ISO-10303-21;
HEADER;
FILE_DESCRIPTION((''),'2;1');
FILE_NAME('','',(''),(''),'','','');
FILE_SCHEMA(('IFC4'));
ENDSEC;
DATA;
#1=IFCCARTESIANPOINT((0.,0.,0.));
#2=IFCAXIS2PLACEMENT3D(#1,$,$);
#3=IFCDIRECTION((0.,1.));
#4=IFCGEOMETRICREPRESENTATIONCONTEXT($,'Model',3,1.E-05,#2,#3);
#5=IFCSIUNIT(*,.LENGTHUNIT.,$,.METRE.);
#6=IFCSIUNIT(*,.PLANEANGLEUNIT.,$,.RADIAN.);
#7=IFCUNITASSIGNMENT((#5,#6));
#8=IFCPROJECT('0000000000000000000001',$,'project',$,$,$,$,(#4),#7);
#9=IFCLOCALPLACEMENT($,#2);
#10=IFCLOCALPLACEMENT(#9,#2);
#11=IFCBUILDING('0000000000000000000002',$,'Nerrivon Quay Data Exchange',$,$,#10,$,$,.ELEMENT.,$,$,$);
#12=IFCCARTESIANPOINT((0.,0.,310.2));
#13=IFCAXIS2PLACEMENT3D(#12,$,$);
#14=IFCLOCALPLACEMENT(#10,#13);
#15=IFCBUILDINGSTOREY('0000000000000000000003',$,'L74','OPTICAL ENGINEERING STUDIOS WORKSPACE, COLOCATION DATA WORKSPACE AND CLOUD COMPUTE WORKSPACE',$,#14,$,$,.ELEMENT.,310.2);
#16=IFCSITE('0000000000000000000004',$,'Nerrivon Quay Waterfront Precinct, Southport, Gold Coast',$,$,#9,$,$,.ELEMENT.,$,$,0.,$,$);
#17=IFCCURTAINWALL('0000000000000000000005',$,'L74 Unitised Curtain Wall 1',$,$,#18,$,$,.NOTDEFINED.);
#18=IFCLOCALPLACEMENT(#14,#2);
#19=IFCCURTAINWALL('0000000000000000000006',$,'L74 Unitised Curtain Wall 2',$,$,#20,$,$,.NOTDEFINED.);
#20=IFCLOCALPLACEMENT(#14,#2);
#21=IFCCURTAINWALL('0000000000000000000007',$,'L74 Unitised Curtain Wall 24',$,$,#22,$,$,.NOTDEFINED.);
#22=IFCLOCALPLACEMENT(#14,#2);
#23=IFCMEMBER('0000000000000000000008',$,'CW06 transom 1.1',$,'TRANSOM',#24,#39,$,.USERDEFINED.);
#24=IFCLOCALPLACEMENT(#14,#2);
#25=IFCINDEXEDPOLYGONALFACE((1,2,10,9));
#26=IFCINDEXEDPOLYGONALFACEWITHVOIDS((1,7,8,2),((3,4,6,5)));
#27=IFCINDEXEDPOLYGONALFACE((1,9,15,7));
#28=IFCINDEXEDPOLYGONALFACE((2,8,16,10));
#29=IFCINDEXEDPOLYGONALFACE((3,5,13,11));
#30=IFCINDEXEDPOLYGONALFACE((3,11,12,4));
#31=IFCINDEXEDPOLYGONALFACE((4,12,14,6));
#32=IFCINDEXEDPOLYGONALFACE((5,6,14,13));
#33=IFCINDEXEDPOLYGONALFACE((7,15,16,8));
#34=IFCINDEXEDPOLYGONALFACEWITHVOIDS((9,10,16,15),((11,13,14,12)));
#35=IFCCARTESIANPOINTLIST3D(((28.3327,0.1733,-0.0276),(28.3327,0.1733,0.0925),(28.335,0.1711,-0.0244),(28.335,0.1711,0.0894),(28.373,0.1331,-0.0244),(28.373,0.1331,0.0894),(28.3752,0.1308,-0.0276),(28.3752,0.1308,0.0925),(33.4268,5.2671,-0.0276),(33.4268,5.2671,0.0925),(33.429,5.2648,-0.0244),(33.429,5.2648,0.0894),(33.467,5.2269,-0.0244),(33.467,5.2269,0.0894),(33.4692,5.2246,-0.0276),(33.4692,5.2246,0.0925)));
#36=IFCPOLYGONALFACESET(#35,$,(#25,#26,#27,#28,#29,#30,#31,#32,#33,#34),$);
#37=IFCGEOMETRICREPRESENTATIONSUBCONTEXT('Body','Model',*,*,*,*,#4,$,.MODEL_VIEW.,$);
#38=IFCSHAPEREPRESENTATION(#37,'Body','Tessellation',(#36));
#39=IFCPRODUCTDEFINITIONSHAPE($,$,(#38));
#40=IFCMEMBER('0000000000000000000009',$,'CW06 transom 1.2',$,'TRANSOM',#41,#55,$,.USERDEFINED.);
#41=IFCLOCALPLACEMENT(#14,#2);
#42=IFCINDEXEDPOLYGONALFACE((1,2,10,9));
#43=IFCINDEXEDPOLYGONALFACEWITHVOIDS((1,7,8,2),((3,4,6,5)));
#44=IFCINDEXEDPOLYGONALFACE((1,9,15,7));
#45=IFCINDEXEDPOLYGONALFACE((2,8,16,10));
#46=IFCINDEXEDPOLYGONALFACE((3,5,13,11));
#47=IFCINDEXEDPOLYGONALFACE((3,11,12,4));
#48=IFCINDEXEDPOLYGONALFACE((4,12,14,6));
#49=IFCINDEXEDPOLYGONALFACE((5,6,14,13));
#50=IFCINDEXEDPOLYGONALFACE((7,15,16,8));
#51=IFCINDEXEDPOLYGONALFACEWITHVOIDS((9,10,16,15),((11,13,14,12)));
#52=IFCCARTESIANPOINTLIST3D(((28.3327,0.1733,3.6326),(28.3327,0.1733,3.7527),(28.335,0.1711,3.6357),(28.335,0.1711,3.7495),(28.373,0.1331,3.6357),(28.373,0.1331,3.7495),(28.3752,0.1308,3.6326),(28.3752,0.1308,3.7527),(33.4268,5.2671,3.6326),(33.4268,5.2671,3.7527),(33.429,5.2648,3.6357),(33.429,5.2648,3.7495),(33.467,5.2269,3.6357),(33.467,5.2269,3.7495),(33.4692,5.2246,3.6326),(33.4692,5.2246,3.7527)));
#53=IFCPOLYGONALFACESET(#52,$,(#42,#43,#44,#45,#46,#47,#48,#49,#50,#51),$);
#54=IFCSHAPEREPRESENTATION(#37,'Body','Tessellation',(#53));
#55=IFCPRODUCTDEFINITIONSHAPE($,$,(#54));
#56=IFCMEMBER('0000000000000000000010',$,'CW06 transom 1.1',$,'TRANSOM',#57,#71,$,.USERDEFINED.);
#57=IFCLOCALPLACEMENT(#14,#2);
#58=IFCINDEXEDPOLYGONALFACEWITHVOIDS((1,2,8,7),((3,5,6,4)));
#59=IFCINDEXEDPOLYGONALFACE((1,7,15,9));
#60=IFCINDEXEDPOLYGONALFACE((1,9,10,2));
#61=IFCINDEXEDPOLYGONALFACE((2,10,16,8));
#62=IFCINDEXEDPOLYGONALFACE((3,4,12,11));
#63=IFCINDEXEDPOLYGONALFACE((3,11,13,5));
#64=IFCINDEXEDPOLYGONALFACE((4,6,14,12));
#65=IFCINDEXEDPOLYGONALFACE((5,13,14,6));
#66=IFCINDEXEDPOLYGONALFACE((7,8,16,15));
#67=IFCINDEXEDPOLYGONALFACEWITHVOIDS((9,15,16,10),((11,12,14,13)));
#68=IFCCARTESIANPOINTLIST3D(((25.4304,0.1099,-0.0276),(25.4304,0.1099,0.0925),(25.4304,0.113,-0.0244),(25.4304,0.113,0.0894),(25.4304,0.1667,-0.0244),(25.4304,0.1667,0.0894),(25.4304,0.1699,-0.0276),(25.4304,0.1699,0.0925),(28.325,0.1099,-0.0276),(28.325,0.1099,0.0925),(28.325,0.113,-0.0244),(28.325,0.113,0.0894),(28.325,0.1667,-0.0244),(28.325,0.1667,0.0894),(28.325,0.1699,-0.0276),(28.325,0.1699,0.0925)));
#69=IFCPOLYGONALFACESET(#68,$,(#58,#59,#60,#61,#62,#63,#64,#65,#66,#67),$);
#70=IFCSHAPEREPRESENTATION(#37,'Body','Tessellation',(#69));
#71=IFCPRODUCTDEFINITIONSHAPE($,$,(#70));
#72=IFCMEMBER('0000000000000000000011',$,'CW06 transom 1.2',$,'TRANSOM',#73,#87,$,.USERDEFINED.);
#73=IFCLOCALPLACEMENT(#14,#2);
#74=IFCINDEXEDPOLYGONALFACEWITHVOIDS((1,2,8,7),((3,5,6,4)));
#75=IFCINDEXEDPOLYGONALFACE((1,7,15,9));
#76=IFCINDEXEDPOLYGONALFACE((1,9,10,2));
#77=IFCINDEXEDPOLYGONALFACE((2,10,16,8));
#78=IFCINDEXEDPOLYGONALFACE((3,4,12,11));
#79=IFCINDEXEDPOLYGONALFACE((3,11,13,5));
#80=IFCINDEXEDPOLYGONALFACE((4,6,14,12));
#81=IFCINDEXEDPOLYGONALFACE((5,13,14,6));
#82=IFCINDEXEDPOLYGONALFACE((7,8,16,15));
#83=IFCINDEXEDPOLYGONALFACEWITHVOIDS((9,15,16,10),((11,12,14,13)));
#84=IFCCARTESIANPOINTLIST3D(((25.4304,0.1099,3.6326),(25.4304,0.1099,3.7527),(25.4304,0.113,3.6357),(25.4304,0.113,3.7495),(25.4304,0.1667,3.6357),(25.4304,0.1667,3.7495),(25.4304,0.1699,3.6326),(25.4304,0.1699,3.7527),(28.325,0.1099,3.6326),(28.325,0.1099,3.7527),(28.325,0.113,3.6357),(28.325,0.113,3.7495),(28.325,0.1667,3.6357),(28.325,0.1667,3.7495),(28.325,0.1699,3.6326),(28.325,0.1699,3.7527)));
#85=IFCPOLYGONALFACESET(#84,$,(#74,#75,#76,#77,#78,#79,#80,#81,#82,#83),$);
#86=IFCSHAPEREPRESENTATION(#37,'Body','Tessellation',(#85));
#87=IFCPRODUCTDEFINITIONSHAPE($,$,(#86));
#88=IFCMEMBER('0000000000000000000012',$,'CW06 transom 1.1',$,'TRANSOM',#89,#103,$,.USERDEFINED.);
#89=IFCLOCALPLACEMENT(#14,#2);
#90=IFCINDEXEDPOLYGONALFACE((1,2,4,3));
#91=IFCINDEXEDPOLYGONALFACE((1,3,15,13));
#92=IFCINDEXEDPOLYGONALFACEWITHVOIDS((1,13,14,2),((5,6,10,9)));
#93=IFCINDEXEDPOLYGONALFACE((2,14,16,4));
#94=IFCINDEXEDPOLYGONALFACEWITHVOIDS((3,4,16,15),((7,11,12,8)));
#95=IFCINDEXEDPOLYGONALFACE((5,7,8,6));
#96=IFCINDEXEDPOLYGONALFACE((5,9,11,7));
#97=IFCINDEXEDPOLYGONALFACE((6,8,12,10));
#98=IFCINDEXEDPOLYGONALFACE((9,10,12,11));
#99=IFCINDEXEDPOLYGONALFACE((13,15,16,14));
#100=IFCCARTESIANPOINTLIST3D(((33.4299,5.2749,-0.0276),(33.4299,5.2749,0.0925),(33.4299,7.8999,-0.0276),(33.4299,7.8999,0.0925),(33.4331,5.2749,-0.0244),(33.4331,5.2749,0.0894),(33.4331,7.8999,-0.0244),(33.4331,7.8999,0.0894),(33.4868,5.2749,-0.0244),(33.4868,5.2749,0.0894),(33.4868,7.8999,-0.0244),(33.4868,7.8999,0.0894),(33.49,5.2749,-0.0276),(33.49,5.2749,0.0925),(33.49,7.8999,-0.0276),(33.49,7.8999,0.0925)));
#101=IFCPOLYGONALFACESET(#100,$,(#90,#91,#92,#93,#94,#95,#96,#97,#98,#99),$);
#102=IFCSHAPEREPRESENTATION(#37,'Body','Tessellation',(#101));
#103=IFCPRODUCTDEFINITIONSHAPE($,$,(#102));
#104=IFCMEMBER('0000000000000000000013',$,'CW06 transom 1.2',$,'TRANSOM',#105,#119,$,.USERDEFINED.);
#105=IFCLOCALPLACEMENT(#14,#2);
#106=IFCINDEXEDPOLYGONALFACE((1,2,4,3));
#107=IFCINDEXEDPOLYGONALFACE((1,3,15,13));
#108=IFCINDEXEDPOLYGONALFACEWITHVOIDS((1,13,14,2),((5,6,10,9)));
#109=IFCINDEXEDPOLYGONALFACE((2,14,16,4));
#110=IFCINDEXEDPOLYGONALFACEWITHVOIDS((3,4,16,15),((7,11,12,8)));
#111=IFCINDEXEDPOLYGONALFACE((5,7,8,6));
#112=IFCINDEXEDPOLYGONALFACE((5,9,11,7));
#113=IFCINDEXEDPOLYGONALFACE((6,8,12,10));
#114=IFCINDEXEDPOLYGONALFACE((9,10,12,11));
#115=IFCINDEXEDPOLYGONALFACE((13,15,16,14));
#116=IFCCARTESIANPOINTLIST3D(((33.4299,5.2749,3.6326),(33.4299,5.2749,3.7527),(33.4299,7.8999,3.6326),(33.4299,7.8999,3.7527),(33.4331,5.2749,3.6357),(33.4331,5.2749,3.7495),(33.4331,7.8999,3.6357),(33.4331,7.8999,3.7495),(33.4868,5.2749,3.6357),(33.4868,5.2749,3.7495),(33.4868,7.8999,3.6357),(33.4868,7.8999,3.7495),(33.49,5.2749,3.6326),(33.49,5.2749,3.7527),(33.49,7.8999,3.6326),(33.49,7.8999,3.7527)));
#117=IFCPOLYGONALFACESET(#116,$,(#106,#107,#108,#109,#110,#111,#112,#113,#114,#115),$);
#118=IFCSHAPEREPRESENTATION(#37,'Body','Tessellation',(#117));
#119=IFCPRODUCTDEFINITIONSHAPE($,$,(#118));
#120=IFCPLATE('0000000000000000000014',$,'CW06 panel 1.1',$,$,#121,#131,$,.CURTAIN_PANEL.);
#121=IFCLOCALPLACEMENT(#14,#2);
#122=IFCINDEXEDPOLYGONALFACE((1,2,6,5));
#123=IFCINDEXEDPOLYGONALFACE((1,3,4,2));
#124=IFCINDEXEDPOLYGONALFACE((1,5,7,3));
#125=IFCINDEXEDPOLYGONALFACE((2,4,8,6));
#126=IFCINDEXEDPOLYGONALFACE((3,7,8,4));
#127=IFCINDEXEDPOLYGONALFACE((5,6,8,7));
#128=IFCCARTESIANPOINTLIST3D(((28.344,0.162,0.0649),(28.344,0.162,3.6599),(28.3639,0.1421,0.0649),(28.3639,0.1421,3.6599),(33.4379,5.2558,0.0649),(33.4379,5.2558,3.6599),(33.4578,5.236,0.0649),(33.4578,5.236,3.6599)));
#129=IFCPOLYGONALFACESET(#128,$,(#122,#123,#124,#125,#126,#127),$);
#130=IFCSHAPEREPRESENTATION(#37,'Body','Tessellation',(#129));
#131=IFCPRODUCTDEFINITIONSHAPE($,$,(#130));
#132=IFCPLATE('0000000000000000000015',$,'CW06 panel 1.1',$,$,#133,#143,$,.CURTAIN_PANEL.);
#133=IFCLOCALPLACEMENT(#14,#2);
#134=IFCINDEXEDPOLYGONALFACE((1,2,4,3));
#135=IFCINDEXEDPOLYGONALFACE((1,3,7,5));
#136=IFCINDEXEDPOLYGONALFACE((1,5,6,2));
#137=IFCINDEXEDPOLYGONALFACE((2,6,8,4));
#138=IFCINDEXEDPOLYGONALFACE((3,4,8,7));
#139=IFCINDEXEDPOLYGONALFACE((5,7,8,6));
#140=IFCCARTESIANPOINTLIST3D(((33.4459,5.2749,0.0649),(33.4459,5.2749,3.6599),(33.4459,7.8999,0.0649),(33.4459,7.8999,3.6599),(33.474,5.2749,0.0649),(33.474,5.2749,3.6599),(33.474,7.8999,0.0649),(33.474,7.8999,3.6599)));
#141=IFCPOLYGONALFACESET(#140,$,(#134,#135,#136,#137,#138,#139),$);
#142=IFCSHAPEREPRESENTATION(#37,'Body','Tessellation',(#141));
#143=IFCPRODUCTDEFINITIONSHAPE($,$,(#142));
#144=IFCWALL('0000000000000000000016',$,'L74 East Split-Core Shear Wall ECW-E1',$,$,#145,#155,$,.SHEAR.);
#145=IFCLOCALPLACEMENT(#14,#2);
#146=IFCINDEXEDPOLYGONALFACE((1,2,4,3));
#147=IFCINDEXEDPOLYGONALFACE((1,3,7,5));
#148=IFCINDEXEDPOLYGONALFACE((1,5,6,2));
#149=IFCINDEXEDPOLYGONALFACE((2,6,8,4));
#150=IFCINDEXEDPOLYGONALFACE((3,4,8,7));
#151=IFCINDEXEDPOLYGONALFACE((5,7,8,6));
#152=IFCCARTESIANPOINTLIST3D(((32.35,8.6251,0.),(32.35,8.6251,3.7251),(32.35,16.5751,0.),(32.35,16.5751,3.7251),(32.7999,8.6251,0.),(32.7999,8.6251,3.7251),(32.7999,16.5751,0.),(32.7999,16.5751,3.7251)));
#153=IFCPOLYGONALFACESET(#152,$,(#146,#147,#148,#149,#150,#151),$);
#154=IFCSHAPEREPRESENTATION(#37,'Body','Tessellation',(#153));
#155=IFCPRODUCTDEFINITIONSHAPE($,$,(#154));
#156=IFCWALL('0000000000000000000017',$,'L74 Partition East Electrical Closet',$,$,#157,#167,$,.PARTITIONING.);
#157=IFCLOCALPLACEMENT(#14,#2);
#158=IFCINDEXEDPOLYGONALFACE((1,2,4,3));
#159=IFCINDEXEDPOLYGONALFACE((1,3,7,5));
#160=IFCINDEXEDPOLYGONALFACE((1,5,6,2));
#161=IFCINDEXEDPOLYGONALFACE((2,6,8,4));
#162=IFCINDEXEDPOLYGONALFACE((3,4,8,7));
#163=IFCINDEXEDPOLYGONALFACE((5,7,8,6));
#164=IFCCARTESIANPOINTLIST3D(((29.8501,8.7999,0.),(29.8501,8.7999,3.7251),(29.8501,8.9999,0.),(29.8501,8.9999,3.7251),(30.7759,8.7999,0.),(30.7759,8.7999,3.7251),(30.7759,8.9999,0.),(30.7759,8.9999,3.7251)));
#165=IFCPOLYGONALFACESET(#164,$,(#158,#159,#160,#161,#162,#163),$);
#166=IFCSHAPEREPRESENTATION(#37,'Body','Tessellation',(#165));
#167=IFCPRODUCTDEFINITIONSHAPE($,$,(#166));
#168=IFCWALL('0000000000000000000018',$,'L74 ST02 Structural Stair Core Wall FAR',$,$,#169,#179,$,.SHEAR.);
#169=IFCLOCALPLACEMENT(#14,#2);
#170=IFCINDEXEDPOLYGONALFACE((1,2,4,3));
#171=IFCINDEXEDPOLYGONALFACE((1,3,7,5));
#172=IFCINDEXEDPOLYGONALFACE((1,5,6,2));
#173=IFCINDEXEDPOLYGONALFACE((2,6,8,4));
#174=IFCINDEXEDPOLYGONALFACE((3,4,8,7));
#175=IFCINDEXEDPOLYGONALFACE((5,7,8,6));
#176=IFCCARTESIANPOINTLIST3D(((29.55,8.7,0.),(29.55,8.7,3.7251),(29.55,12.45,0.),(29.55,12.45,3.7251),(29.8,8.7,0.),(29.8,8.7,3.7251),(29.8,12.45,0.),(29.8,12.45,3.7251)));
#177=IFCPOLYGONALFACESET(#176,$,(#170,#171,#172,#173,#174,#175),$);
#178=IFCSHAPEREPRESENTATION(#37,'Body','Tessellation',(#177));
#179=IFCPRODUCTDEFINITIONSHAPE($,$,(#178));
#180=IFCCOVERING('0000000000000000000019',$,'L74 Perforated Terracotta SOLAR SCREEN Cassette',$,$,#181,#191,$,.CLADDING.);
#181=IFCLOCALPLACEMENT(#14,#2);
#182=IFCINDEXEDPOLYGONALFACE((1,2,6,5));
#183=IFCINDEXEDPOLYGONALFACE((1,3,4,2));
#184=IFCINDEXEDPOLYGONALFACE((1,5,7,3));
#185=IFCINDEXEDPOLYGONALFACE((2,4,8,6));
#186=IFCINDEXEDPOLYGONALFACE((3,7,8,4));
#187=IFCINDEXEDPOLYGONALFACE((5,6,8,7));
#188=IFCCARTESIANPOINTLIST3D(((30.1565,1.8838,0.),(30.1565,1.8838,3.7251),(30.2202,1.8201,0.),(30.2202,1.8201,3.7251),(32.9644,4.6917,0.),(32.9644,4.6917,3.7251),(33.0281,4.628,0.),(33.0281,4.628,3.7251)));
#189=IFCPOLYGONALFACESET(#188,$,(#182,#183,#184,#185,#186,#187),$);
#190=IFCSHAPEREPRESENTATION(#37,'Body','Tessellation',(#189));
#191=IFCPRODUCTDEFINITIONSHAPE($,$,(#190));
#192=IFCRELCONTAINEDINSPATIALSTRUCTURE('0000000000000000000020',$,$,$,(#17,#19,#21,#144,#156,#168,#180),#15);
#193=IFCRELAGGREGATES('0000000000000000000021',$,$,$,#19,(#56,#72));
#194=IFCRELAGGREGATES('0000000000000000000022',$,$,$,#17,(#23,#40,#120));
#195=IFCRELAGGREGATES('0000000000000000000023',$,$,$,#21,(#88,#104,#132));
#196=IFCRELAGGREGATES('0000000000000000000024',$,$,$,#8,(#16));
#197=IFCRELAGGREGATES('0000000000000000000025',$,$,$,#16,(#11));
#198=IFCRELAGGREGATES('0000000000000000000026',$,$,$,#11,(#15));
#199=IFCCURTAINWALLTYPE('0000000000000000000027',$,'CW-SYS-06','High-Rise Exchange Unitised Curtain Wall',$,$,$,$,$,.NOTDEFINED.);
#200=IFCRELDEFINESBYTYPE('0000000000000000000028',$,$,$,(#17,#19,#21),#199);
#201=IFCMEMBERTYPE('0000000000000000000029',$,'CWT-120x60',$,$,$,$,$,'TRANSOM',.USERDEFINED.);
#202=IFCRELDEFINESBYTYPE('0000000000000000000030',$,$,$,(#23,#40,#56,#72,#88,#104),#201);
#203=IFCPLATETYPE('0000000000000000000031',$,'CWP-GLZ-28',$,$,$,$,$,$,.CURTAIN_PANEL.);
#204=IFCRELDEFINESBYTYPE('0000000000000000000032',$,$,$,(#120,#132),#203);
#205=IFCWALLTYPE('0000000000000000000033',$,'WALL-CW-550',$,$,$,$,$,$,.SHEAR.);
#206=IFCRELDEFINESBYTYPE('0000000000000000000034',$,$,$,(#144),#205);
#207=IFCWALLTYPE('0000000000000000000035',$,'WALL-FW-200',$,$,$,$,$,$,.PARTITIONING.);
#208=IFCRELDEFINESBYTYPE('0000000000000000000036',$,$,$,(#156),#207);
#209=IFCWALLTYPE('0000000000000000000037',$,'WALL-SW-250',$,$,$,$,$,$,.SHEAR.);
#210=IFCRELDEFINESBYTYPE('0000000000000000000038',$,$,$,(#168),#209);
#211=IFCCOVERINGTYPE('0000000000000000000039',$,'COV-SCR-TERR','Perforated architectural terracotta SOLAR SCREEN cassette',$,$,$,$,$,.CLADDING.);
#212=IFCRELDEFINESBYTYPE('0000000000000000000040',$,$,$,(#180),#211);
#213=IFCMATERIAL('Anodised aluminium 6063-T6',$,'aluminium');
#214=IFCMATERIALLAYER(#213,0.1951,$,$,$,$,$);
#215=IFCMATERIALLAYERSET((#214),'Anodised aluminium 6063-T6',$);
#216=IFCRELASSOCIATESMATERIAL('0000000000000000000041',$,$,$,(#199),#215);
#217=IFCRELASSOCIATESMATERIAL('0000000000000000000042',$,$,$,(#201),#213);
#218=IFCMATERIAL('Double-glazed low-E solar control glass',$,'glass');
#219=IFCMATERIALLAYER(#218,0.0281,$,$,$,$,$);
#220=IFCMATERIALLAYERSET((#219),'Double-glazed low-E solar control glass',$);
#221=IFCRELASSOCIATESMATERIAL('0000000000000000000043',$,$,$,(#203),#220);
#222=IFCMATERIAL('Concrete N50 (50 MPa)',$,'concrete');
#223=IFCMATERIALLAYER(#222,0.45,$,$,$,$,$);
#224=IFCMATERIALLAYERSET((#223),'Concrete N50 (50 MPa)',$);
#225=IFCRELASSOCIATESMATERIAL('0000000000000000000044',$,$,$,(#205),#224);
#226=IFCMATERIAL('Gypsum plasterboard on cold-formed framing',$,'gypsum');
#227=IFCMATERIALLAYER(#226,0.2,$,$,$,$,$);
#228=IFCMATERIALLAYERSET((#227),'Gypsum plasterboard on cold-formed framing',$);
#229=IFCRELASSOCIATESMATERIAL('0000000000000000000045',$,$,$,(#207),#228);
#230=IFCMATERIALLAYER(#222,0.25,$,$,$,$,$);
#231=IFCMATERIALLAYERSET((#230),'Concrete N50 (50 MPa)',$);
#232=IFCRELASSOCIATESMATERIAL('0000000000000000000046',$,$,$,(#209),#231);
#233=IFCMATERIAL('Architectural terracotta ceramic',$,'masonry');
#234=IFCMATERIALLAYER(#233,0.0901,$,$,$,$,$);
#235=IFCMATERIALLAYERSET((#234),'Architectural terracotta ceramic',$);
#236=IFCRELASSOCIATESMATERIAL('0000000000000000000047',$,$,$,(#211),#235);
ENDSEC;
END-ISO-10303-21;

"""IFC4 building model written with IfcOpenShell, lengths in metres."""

from ifc_helpers import new_model, si_unit, direction, frame, frame_2d, origin, origin_2d, place, context, subcontext, project, spatial, rectangle, hollow_rectangle, extrude, material, layer, layer_set, material_profile, profile_set, type_object, element, aggregate, save


model = new_model("IFC4")

# Units and contexts
model_context = context("Model", 3, precision=1e-05, world=origin(), true_north=direction((0.0, 1.0)))
body_context = subcontext(model_context, "Body", "Model", "MODEL_VIEW")
ifc_project = project(units=[si_unit("LENGTHUNIT", "METRE"), si_unit("PLANEANGLEUNIT", "RADIAN")], contexts=[model_context])

# Site, building, storey
site_placement = place(None, origin())
site = spatial("IfcSite", under=ifc_project, at=site_placement, Name="Nerrivon Quay Waterfront Precinct, Southport, Gold Coast", CompositionType="ELEMENT", RefElevation=0.0)
building_placement = place(site_placement, origin())
building = spatial("IfcBuilding", under=site, at=building_placement, Name="Nerrivon Quay Data Exchange", CompositionType="ELEMENT")
storey_placement = place(building_placement, frame((0.0, 0.0, 310.2)))
storey = spatial("IfcBuildingStorey", under=building, at=storey_placement, Name="L74", Description="OPTICAL ENGINEERING STUDIOS WORKSPACE, COLOCATION DATA WORKSPACE AND CLOUD COMPUTE WORKSPACE", CompositionType="ELEMENT", Elevation=310.2)

# Shared definitions
ifc_material_1 = material(Name="Concrete N50 (50 MPa)", Category="concrete")

# Curtain wall
ifc_material_2 = material(Name="Anodised aluminium 6063-T6", Category="aluminium")
ifc_layer_1 = layer(ifc_material_2, 0.1951)
ifc_layer_set_1 = layer_set([ifc_layer_1], Name="Anodised aluminium 6063-T6")
curtain_wall_type = type_object("IfcCurtainWallType", Name="CW-SYS-06", Description="High-Rise Exchange Unitised Curtain Wall", PredefinedType="NOTDEFINED", material=ifc_layer_set_1)
curtain_wall_1_placement = place(storey_placement, origin())
curtain_wall_1 = element("IfcCurtainWall", 1, at=curtain_wall_1_placement, inside=storey, type_object=curtain_wall_type, Name="L74 Unitised Curtain Wall 1", PredefinedType="NOTDEFINED")

# Curtain wall
curtain_wall_2_placement = place(storey_placement, origin())
curtain_wall_2 = element("IfcCurtainWall", 2, at=curtain_wall_2_placement, inside=storey, type_object=curtain_wall_type, Name="L74 Unitised Curtain Wall 2", PredefinedType="NOTDEFINED")

# Curtain wall
curtain_wall_3_placement = place(storey_placement, origin())
curtain_wall_3 = element("IfcCurtainWall", 3, at=curtain_wall_3_placement, inside=storey, type_object=curtain_wall_type, Name="L74 Unitised Curtain Wall 24", PredefinedType="NOTDEFINED")

# Members
ifc_material_profile_1 = material_profile(ifc_material_2, hollow_rectangle(XDim=0.0601, YDim=0.1201, WallThickness=0.0032, at=origin_2d()), Name="ALU-TRAN-120x60")
ifc_profile_set_1 = profile_set([ifc_material_profile_1], Name="Anodised aluminium 6063-T6")
member_type_1 = type_object("IfcMemberType", Name="CWT-120x60", ElementType="TRANSOM", PredefinedType="USERDEFINED", material=ifc_profile_set_1)
member_1_placement = place(storey_placement, frame((33.448, 5.2458, 0.0325), z_axis=(-0.707124, -0.70709, 0.0), x_axis=(0.70709, -0.707124, 0.0)))
member_1 = element("IfcMember", 4, at=member_1_placement, type_object=member_type_1, Name="CW06 transom 1.1", ObjectType="TRANSOM", PredefinedType="USERDEFINED", context=body_context, shape_type="SweptSolid", body=[
    extrude(hollow_rectangle(XDim=0.0601, YDim=0.1201, WallThickness=0.0032, at=origin_2d()), origin(), (0.0, 0.0, 1.0), 7.2039),
])
member_2_placement = place(storey_placement, frame((33.448, 5.2458, 3.6926), z_axis=(-0.707124, -0.70709, 0.0), x_axis=(0.70709, -0.707124, 0.0)))
member_2 = element("IfcMember", 5, at=member_2_placement, type_object=member_type_1, Name="CW06 transom 1.2", ObjectType="TRANSOM", PredefinedType="USERDEFINED", context=body_context, shape_type="SweptSolid", body=[
    extrude(hollow_rectangle(XDim=0.0601, YDim=0.1201, WallThickness=0.0032, at=origin_2d()), origin(), (0.0, 0.0, 1.0), 7.2039),
])
member_3_placement = place(storey_placement, frame((28.325, 0.1399, 0.0325), z_axis=(-1.0, 0.0, 0.0), x_axis=(0.0, -1.0, 0.0)))
member_3 = element("IfcMember", 6, at=member_3_placement, type_object=member_type_1, Name="CW06 transom 1.1", ObjectType="TRANSOM", PredefinedType="USERDEFINED", context=body_context, shape_type="SweptSolid", body=[
    extrude(hollow_rectangle(XDim=0.0601, YDim=0.1201, WallThickness=0.0032, at=origin_2d()), origin(), (0.0, 0.0, 1.0), 2.8945),
])
member_4_placement = place(storey_placement, frame((28.325, 0.1399, 3.6926), z_axis=(-1.0, 0.0, 0.0), x_axis=(0.0, -1.0, 0.0)))
member_4 = element("IfcMember", 7, at=member_4_placement, type_object=member_type_1, Name="CW06 transom 1.2", ObjectType="TRANSOM", PredefinedType="USERDEFINED", context=body_context, shape_type="SweptSolid", body=[
    extrude(hollow_rectangle(XDim=0.0601, YDim=0.1201, WallThickness=0.0032, at=origin_2d()), origin(), (0.0, 0.0, 1.0), 2.8945),
])
aggregate(curtain_wall_2, [member_3, member_4])
member_5_placement = place(storey_placement, frame((33.46, 7.8999, 0.0325), z_axis=(0.0, -1.0, 0.0), x_axis=(1.0, 0.0, 0.0)))
member_5 = element("IfcMember", 8, at=member_5_placement, type_object=member_type_1, Name="CW06 transom 1.1", ObjectType="TRANSOM", PredefinedType="USERDEFINED", context=body_context, shape_type="SweptSolid", body=[
    extrude(hollow_rectangle(XDim=0.0601, YDim=0.1201, WallThickness=0.0032, at=origin_2d()), origin(), (0.0, 0.0, 1.0), 2.625),
])
member_6_placement = place(storey_placement, frame((33.46, 7.8999, 3.6926), z_axis=(0.0, -1.0, 0.0), x_axis=(1.0, 0.0, 0.0)))
member_6 = element("IfcMember", 9, at=member_6_placement, type_object=member_type_1, Name="CW06 transom 1.2", ObjectType="TRANSOM", PredefinedType="USERDEFINED", context=body_context, shape_type="SweptSolid", body=[
    extrude(hollow_rectangle(XDim=0.0601, YDim=0.1201, WallThickness=0.0032, at=origin_2d()), origin(), (0.0, 0.0, 1.0), 2.625),
])

# Plates
ifc_material_3 = material(Name="Double-glazed low-E solar control glass", Category="glass")
ifc_layer_2 = layer(ifc_material_3, 0.0281)
ifc_layer_set_2 = layer_set([ifc_layer_2], Name="Double-glazed low-E solar control glass")
plate_type = type_object("IfcPlateType", Name="CWP-GLZ-28", PredefinedType="CURTAIN_PANEL", material=ifc_layer_set_2)
plate_1_placement = place(storey_placement, frame((30.9009, 2.699, 0.0649), z_axis=(0.0, 0.0, 1.0), x_axis=(-0.707107, -0.707107, 0.0)))
plate_1 = element("IfcPlate", 10, at=plate_1_placement, type_object=plate_type, Name="CW06 panel 1.1", PredefinedType="CURTAIN_PANEL", context=body_context, shape_type="SweptSolid", body=[
    extrude(rectangle(XDim=7.2039, YDim=0.0281, at=origin_2d()), origin(), (0.0, 0.0, 1.0), 3.595),
])
aggregate(curtain_wall_1, [member_1, member_2, plate_1])
plate_2_placement = place(storey_placement, frame((33.46, 6.5874, 0.0649), z_axis=(0.0, 0.0, 1.0), x_axis=(0.0, -1.0, 0.0)))
plate_2 = element("IfcPlate", 11, at=plate_2_placement, type_object=plate_type, Name="CW06 panel 1.1", PredefinedType="CURTAIN_PANEL", context=body_context, shape_type="SweptSolid", body=[
    extrude(rectangle(XDim=2.625, YDim=0.0281, at=origin_2d()), origin(), (0.0, 0.0, 1.0), 3.595),
])
aggregate(curtain_wall_3, [member_5, member_6, plate_2])

# Walls
ifc_layer_3 = layer(ifc_material_1, 0.45)
ifc_layer_set_3 = layer_set([ifc_layer_3], Name="Concrete N50 (50 MPa)")
wall_type_1 = type_object("IfcWallType", Name="WALL-CW-550", PredefinedType="SHEAR", material=ifc_layer_set_3)
wall_1_placement = place(storey_placement, frame((32.575, 8.625, 0.0), z_axis=(0.0, 0.0, 1.0), x_axis=(0.0, 1.0, 0.0)))
element("IfcWall", 12, at=wall_1_placement, inside=storey, type_object=wall_type_1, Name="L74 East Split-Core Shear Wall ECW-E1", PredefinedType="SHEAR", context=body_context, shape_type="SweptSolid", body=[
    extrude(rectangle(XDim=7.95, YDim=0.45, at=frame_2d((3.9751, 0.0))), origin(), (0.0, 0.0, 1.0), 3.7251),
])
ifc_material_4 = material(Name="Gypsum plasterboard on cold-formed framing", Category="gypsum")
ifc_layer_4 = layer(ifc_material_4, 0.2)
ifc_layer_set_4 = layer_set([ifc_layer_4], Name="Gypsum plasterboard on cold-formed framing")
wall_type_2 = type_object("IfcWallType", Name="WALL-FW-200", PredefinedType="PARTITIONING", material=ifc_layer_set_4)
wall_2_placement = place(storey_placement, frame((29.8501, 8.8999, 0.0), z_axis=(0.0, 0.0, 1.0), x_axis=(1.0, 0.0, 0.0)))
element("IfcWall", 13, at=wall_2_placement, inside=storey, type_object=wall_type_2, Name="L74 Partition East Electrical Closet", PredefinedType="PARTITIONING", context=body_context, shape_type="SweptSolid", body=[
    extrude(rectangle(XDim=0.9258, YDim=0.2, at=frame_2d((0.4629, 0.0))), origin(), (0.0, 0.0, 1.0), 3.7251),
])
ifc_layer_5 = layer(ifc_material_1, 0.25)
ifc_layer_set_5 = layer_set([ifc_layer_5], Name="Concrete N50 (50 MPa)")
wall_type_3 = type_object("IfcWallType", Name="WALL-SW-250", PredefinedType="SHEAR", material=ifc_layer_set_5)
wall_3_placement = place(storey_placement, frame((29.675, 8.7, 0.0), z_axis=(0.0, 0.0, 1.0), x_axis=(0.0, 1.0, 0.0)))
element("IfcWall", 14, at=wall_3_placement, inside=storey, type_object=wall_type_3, Name="L74 ST02 Structural Stair Core Wall FAR", PredefinedType="SHEAR", context=body_context, shape_type="SweptSolid", body=[
    extrude(rectangle(XDim=3.75, YDim=0.25, at=frame_2d((1.875, 0.0))), origin(), (0.0, 0.0, 1.0), 3.7251),
])

# Covering
ifc_material_5 = material(Name="Architectural terracotta ceramic", Category="masonry")
ifc_layer_6 = layer(ifc_material_5, 0.0901)
ifc_layer_set_6 = layer_set([ifc_layer_6], Name="Architectural terracotta ceramic")
covering_type = type_object("IfcCoveringType", Name="COV-SCR-TERR", Description="Perforated architectural terracotta SOLAR SCREEN cassette", PredefinedType="CLADDING", material=ifc_layer_set_6)
covering_placement = place(storey_placement, frame((31.5923, 3.2559, 0.0), z_axis=(0.0, 0.0, 1.0), x_axis=(-0.707107, -0.707107, 0.0)))
element("IfcCovering", 15, at=covering_placement, inside=storey, type_object=covering_type, Name="L74 Perforated Terracotta SOLAR SCREEN Cassette", PredefinedType="CLADDING", context=body_context, shape_type="SweptSolid", body=[
    extrude(rectangle(XDim=3.9709, YDim=0.0901, at=origin_2d()), origin(), (0.0, 0.0, 1.0), 3.7251),
])

save(model, "model.ifc")
